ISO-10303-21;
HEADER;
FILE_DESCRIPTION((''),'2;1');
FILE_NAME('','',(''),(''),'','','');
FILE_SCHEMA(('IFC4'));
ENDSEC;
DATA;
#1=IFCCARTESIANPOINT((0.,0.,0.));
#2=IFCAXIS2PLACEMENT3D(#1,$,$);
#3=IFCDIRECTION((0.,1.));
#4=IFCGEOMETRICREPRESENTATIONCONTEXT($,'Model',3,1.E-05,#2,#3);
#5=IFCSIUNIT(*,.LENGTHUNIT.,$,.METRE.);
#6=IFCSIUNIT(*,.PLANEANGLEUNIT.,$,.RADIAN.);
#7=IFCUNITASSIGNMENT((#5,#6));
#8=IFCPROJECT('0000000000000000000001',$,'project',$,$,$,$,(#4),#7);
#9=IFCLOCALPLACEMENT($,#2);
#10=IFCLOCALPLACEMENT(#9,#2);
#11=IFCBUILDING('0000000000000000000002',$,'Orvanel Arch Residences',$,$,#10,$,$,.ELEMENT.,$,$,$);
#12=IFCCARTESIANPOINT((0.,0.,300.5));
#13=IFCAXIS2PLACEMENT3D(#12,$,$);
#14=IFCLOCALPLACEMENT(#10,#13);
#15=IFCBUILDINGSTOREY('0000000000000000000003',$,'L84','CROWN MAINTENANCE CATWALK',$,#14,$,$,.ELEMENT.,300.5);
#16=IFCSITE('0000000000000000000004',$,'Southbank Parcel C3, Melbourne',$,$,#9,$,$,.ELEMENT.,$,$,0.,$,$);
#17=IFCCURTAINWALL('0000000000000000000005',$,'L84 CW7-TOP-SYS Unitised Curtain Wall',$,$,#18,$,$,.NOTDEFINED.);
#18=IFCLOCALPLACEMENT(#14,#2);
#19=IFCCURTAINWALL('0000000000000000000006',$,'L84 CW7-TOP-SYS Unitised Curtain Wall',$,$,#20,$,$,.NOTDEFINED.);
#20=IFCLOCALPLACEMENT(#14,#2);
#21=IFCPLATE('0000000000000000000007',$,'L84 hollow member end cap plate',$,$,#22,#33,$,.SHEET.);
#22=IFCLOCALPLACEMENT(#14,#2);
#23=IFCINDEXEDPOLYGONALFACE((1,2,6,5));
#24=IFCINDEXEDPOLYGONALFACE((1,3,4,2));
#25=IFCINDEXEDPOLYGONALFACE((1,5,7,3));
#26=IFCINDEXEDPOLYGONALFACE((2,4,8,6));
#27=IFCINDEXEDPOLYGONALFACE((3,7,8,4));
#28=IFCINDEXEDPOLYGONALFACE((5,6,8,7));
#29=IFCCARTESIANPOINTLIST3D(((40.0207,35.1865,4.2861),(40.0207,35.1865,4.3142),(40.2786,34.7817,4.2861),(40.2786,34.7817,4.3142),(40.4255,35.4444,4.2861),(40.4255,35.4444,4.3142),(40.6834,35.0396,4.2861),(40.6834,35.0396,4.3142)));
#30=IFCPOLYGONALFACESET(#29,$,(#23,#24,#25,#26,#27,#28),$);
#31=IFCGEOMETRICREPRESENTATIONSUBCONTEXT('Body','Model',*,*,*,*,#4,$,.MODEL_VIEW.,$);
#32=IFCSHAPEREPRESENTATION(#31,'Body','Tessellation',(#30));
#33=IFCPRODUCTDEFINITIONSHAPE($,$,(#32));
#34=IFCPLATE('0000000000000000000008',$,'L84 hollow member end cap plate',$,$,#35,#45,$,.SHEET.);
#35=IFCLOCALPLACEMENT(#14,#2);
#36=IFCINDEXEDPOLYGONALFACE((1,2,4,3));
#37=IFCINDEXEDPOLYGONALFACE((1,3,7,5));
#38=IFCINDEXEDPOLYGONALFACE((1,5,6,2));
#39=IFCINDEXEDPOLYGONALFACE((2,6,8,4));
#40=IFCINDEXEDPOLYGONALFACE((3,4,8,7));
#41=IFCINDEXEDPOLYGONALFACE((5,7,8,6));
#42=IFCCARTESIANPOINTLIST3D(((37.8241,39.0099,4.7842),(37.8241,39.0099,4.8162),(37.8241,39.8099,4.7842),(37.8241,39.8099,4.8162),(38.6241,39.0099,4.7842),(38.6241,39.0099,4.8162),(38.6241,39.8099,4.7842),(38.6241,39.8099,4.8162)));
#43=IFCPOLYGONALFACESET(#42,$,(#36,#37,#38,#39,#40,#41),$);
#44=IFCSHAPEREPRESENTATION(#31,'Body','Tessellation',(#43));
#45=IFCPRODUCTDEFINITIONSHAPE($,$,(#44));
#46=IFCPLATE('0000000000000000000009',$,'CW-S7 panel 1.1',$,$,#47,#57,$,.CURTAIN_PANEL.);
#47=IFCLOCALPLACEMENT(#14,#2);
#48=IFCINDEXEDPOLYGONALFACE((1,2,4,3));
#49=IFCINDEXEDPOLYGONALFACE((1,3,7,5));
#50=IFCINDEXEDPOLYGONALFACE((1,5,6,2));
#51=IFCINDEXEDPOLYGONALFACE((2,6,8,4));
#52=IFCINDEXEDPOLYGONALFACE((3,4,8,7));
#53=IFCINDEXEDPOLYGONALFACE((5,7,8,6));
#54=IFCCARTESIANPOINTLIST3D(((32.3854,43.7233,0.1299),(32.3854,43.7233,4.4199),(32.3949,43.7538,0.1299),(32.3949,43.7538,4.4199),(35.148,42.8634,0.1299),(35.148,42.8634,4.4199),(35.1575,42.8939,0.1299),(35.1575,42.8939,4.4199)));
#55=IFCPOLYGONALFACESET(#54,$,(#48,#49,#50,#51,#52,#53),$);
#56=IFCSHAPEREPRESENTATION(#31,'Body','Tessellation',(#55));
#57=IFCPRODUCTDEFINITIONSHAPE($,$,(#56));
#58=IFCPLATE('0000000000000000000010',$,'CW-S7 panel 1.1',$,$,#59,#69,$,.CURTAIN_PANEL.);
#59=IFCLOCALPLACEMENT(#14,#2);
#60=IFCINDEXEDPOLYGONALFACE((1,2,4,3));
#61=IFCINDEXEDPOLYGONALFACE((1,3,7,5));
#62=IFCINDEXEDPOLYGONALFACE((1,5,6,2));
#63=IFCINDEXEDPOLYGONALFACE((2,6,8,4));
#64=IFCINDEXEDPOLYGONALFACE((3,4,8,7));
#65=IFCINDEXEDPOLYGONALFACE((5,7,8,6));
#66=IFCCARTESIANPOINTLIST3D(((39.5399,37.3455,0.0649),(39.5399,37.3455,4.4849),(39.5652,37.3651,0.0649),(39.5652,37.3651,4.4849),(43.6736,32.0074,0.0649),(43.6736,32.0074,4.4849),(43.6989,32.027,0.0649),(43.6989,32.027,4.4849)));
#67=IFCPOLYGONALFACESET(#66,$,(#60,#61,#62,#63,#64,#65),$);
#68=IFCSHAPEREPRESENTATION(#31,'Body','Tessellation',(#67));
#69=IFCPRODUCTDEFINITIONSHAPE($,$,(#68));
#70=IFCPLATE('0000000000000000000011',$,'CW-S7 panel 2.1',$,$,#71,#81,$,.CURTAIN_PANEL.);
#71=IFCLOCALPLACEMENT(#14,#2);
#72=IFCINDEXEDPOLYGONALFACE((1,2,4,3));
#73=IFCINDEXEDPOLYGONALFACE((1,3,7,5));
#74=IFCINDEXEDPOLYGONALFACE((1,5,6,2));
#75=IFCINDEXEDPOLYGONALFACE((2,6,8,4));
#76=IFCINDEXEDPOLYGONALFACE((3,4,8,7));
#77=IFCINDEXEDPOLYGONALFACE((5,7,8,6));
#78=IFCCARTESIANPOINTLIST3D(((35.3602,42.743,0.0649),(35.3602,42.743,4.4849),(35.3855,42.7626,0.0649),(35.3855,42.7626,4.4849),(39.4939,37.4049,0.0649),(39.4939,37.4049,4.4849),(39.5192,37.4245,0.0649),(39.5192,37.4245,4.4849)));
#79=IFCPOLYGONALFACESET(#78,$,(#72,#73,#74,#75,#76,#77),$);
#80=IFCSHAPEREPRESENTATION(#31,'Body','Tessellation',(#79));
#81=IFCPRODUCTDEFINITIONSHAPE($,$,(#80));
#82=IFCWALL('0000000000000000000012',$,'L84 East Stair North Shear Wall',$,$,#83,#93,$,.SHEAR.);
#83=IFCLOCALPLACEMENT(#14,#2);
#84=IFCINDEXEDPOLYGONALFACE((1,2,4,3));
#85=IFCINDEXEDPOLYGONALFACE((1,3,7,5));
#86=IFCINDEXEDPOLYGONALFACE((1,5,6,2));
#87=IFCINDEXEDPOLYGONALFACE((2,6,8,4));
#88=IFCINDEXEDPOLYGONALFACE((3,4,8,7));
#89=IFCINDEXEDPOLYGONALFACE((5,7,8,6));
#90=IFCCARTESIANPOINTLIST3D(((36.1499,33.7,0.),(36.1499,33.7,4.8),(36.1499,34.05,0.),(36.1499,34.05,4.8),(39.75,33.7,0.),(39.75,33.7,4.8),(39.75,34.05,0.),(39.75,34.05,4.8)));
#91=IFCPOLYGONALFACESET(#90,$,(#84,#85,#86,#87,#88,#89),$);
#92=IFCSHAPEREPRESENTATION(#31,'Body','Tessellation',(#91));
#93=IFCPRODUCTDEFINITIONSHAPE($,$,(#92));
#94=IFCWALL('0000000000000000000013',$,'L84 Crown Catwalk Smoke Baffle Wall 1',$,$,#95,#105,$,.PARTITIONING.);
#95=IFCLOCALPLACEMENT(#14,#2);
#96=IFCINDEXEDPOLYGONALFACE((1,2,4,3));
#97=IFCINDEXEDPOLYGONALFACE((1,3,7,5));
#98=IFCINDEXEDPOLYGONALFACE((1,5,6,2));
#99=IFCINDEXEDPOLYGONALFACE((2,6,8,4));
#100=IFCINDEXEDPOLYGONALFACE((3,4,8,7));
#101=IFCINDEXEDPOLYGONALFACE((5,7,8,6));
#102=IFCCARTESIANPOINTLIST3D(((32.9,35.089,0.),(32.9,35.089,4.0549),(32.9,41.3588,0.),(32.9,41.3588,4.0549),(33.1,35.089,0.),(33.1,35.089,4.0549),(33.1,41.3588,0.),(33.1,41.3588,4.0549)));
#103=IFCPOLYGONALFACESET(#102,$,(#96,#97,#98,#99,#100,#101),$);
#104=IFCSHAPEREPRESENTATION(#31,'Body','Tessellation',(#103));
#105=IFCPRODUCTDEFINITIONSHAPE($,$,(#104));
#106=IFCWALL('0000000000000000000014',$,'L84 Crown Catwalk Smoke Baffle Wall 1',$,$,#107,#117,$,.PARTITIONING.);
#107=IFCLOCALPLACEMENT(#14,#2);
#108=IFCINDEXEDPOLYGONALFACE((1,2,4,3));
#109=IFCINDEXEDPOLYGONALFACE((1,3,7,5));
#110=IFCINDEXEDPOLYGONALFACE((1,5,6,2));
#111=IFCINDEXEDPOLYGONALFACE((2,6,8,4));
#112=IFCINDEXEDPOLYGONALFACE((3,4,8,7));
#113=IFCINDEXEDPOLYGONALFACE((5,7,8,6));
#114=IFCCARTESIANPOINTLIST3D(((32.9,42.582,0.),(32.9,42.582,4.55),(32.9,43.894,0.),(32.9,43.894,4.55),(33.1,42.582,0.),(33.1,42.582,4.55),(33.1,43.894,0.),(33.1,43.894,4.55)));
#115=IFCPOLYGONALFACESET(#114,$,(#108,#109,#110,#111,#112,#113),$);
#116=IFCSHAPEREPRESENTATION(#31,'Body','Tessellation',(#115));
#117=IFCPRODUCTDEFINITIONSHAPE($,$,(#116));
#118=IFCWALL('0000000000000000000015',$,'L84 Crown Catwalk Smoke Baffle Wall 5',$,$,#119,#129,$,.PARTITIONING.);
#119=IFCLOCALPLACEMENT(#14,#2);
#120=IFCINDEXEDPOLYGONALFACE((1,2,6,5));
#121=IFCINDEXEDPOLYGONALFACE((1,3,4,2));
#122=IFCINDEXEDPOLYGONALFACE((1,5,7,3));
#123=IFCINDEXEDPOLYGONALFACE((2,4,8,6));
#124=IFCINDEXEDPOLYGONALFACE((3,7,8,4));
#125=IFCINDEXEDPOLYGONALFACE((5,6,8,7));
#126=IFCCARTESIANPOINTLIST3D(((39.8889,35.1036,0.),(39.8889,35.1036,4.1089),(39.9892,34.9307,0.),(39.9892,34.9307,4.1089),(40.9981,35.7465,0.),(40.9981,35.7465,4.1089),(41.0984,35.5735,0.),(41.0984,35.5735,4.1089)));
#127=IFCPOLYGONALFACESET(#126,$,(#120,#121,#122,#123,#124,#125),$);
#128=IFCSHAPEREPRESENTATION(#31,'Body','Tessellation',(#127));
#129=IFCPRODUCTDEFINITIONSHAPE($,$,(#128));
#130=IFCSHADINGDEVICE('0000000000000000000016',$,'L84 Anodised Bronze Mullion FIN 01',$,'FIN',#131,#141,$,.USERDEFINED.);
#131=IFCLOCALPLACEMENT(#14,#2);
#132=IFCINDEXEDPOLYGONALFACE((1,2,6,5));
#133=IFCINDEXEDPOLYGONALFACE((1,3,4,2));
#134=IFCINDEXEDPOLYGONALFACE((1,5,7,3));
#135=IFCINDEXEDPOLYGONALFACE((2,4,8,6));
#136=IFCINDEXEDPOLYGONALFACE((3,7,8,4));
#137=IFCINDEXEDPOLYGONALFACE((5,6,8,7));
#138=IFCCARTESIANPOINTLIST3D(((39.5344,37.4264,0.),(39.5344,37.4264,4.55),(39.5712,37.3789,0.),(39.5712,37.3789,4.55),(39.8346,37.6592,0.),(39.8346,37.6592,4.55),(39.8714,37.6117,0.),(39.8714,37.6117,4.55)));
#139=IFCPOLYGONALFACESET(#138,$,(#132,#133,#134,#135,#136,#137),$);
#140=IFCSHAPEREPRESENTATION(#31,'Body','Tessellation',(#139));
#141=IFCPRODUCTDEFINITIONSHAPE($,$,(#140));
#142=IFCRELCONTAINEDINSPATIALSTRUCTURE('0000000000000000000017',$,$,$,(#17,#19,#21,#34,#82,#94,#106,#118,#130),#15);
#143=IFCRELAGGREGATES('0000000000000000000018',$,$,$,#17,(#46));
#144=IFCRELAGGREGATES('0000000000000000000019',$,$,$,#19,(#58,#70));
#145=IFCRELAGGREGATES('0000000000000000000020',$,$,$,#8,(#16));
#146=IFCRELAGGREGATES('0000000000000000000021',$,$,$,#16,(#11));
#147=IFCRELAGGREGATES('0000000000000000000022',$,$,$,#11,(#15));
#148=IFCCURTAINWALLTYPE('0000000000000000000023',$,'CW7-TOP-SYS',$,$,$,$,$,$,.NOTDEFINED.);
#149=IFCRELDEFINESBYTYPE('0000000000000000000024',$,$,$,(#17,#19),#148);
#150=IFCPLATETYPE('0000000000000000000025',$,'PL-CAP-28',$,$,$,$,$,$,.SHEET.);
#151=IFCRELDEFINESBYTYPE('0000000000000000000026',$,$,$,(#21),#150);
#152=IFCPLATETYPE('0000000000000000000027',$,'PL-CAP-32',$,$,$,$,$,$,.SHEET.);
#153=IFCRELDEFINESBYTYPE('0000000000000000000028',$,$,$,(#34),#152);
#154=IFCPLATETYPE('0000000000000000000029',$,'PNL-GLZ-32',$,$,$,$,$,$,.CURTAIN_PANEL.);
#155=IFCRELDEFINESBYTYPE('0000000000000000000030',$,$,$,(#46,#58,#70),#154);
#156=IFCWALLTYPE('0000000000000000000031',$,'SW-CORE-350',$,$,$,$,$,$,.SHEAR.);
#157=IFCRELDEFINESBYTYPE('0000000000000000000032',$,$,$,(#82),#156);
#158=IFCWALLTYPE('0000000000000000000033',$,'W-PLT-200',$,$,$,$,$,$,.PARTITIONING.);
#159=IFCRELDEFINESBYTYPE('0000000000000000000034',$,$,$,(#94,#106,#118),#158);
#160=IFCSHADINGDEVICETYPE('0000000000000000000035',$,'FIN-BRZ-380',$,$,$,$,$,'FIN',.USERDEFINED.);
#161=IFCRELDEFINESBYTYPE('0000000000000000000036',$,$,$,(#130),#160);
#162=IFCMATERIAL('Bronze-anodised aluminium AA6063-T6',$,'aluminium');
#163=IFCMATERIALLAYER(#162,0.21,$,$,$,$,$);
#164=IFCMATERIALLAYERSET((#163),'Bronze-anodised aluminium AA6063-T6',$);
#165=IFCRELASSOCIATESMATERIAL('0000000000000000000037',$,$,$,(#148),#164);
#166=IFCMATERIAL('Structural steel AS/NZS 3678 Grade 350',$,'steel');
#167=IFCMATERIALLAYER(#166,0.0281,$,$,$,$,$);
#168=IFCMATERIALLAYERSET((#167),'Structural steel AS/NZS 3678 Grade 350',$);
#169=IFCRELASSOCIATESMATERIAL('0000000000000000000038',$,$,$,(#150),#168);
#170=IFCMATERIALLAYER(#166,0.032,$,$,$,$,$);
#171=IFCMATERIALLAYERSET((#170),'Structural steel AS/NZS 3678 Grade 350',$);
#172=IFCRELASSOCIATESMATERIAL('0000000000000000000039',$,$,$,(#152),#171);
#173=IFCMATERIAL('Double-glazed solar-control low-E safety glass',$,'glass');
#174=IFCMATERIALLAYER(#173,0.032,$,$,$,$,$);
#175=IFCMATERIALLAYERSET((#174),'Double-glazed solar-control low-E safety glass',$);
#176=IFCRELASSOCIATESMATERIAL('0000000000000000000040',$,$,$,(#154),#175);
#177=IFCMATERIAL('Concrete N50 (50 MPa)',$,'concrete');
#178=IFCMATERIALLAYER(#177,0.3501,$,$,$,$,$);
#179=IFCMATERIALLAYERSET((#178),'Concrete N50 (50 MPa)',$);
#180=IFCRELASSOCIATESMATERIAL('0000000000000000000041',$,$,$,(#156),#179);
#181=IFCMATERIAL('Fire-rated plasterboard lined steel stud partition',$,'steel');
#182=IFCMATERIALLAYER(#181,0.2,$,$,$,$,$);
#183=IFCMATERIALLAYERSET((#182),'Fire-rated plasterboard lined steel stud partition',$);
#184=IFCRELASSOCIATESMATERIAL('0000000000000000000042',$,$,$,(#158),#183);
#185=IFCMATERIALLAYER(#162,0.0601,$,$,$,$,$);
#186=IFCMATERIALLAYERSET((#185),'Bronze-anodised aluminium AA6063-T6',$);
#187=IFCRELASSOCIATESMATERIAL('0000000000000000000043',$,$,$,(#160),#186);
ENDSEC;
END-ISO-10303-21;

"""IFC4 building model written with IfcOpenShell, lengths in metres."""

from ifc_helpers import new_model, si_unit, direction, frame, frame_2d, origin, origin_2d, place, context, subcontext, project, spatial, rectangle, extrude, material, layer, layer_set, type_object, element, aggregate, save


model = new_model("IFC4")

# Units and contexts
model_context = context("Model", 3, precision=1e-05, world=origin(), true_north=direction((0.0, 1.0)))
body_context = subcontext(model_context, "Body", "Model", "MODEL_VIEW")
ifc_project = project(units=[si_unit("LENGTHUNIT", "METRE"), si_unit("PLANEANGLEUNIT", "RADIAN")], contexts=[model_context])

# Site, building, storey
site_placement = place(None, origin())
site = spatial("IfcSite", under=ifc_project, at=site_placement, Name="Southbank Parcel C3, Melbourne", CompositionType="ELEMENT", RefElevation=0.0)
building_placement = place(site_placement, origin())
building = spatial("IfcBuilding", under=site, at=building_placement, Name="Orvanel Arch Residences", CompositionType="ELEMENT")
storey_placement = place(building_placement, frame((0.0, 0.0, 300.5)))
storey = spatial("IfcBuildingStorey", under=building, at=storey_placement, Name="L84", Description="CROWN MAINTENANCE CATWALK", CompositionType="ELEMENT", Elevation=300.5)

# Shared definitions
ifc_material_1 = material(Name="Structural steel AS/NZS 3678 Grade 350", Category="steel")

# Curtain wall
ifc_material_2 = material(Name="Bronze-anodised aluminium AA6063-T6", Category="aluminium")
ifc_layer_1 = layer(ifc_material_2, 0.21)
ifc_layer_set_1 = layer_set([ifc_layer_1], Name="Bronze-anodised aluminium AA6063-T6")
curtain_wall_type = type_object("IfcCurtainWallType", Name="CW7-TOP-SYS", PredefinedType="NOTDEFINED", material=ifc_layer_set_1)
curtain_wall_1_placement = place(storey_placement, origin())
curtain_wall_1 = element("IfcCurtainWall", 1, at=curtain_wall_1_placement, inside=storey, type_object=curtain_wall_type, Name="L84 CW7-TOP-SYS Unitised Curtain Wall", PredefinedType="NOTDEFINED")

# Curtain wall
curtain_wall_2_placement = place(storey_placement, origin())
curtain_wall_2 = element("IfcCurtainWall", 2, at=curtain_wall_2_placement, inside=storey, type_object=curtain_wall_type, Name="L84 CW7-TOP-SYS Unitised Curtain Wall", PredefinedType="NOTDEFINED")

# Plates
ifc_layer_2 = layer(ifc_material_1, 0.0281)
ifc_layer_set_2 = layer_set([ifc_layer_2], Name="Structural steel AS/NZS 3678 Grade 350")
plate_type_1 = type_object("IfcPlateType", Name="PL-CAP-28", PredefinedType="SHEET", material=ifc_layer_set_2)
for number, where, z_axis, x_axis, name in (
    (3, (40.3521, 35.113, 4.2861), (0.0, 0.0, 1.0), (0.843391, 0.5373, 0.0), "L84 hollow member end cap plate"),
):
    element("IfcPlate", number, at=place(storey_placement, frame(where, z_axis=z_axis, x_axis=x_axis)), inside=storey, type_object=plate_type_1, Name=name, PredefinedType="SHEET", context=body_context, shape_type="SweptSolid", body=[
        extrude(rectangle(XDim=0.48, YDim=0.48, at=origin_2d()), origin(), (0.0, 0.0, 1.0), 0.0281),
    ])
ifc_layer_3 = layer(ifc_material_1, 0.032)
ifc_layer_set_3 = layer_set([ifc_layer_3], Name="Structural steel AS/NZS 3678 Grade 350")
plate_type_2 = type_object("IfcPlateType", Name="PL-CAP-32", PredefinedType="SHEET", material=ifc_layer_set_3)
plate_1_placement = place(storey_placement, frame((38.2241, 39.4099, 4.7842), z_axis=(0.0, 0.0, 1.0), x_axis=(1.0, 0.0, 0.0)))
element("IfcPlate", 4, at=plate_1_placement, inside=storey, type_object=plate_type_2, Name="L84 hollow member end cap plate", PredefinedType="SHEET", context=body_context, shape_type="SweptSolid", body=[
    extrude(rectangle(XDim=0.8, YDim=0.8, at=origin_2d()), origin(), (0.0, 0.0, 1.0), 0.032),
])

# Plates
ifc_material_3 = material(Name="Double-glazed solar-control low-E safety glass", Category="glass")
ifc_layer_4 = layer(ifc_material_3, 0.032)
ifc_layer_set_4 = layer_set([ifc_layer_4], Name="Double-glazed solar-control low-E safety glass")
plate_type_3 = type_object("IfcPlateType", Name="PNL-GLZ-32", PredefinedType="CURTAIN_PANEL", material=ifc_layer_set_4)
plate_2_placement = place(storey_placement, frame((33.7715, 43.3086, 0.1299), z_axis=(0.0, 0.0, 1.0), x_axis=(-0.954819, 0.297187, 0.0)))
plate_2 = element("IfcPlate", 5, at=plate_2_placement, type_object=plate_type_3, Name="CW-S7 panel 1.1", PredefinedType="CURTAIN_PANEL", context=body_context, shape_type="SweptSolid", body=[
    extrude(rectangle(XDim=2.8933, YDim=0.032, at=origin_2d()), origin(), (0.0, 0.0, 1.0), 4.29),
])
aggregate(curtain_wall_1, [plate_2])
plate_3_placement = place(storey_placement, frame((41.6194, 34.6863, 0.0649), z_axis=(0.0, 0.0, 1.0), x_axis=(-0.61226, 0.790657, 0.0)))
plate_3 = element("IfcPlate", 6, at=plate_3_placement, type_object=plate_type_3, Name="CW-S7 panel 1.1", PredefinedType="CURTAIN_PANEL", context=body_context, shape_type="SweptSolid", body=[
    extrude(rectangle(XDim=6.7515, YDim=0.032, at=origin_2d()), origin(), (0.0, 0.0, 1.0), 4.4199),
])
plate_4_placement = place(storey_placement, frame((37.4397, 40.0837, 0.0649), z_axis=(0.0, 0.0, 1.0), x_axis=(-0.61226, 0.790657, 0.0)))
plate_4 = element("IfcPlate", 7, at=plate_4_placement, type_object=plate_type_3, Name="CW-S7 panel 2.1", PredefinedType="CURTAIN_PANEL", context=body_context, shape_type="SweptSolid", body=[
    extrude(rectangle(XDim=6.7515, YDim=0.032, at=origin_2d()), origin(), (0.0, 0.0, 1.0), 4.4199),
])
aggregate(curtain_wall_2, [plate_3, plate_4])

# Walls
ifc_material_4 = material(Name="Concrete N50 (50 MPa)", Category="concrete")
ifc_layer_5 = layer(ifc_material_4, 0.3501)
ifc_layer_set_5 = layer_set([ifc_layer_5], Name="Concrete N50 (50 MPa)")
wall_type_1 = type_object("IfcWallType", Name="SW-CORE-350", PredefinedType="SHEAR", material=ifc_layer_set_5)
wall_1_placement = place(storey_placement, frame((36.1499, 33.875, 0.0), z_axis=(0.0, 0.0, 1.0), x_axis=(1.0, 0.0, 0.0)))
element("IfcWall", 8, at=wall_1_placement, inside=storey, type_object=wall_type_1, Name="L84 East Stair North Shear Wall", PredefinedType="SHEAR", context=body_context, shape_type="SweptSolid", body=[
    extrude(rectangle(XDim=3.6001, YDim=0.3501, at=frame_2d((1.8, 0.0))), origin(), (0.0, 0.0, 1.0), 4.8),
])
ifc_material_5 = material(Name="Fire-rated plasterboard lined steel stud partition", Category="steel")
ifc_layer_6 = layer(ifc_material_5, 0.2)
ifc_layer_set_6 = layer_set([ifc_layer_6], Name="Fire-rated plasterboard lined steel stud partition")
wall_type_2 = type_object("IfcWallType", Name="W-PLT-200", PredefinedType="PARTITIONING", material=ifc_layer_set_6)
wall_2_placement = place(storey_placement, frame((33.0, 35.0891, 0.0), z_axis=(0.0, 0.0, 1.0), x_axis=(0.0, 1.0, 0.0)))
element("IfcWall", 9, at=wall_2_placement, inside=storey, type_object=wall_type_2, Name="L84 Crown Catwalk Smoke Baffle Wall 1", PredefinedType="PARTITIONING", context=body_context, shape_type="SweptSolid", body=[
    extrude(rectangle(XDim=6.2698, YDim=0.2, at=frame_2d((3.1348, 0.0))), origin(), (0.0, 0.0, 1.0), 4.0549),
])
wall_3_placement = place(storey_placement, frame((33.0, 42.582, 0.0), z_axis=(0.0, 0.0, 1.0), x_axis=(0.0, 1.0, 0.0)))
element("IfcWall", 10, at=wall_3_placement, inside=storey, type_object=wall_type_2, Name="L84 Crown Catwalk Smoke Baffle Wall 1", PredefinedType="PARTITIONING", context=body_context, shape_type="SweptSolid", body=[
    extrude(rectangle(XDim=1.312, YDim=0.2, at=frame_2d((0.656, 0.0))), origin(), (0.0, 0.0, 1.0), 4.55),
])
wall_4_placement = place(storey_placement, frame((39.939, 35.0171, 0.0), z_axis=(0.0, 0.0, 1.0), x_axis=(0.865191, 0.501442, 0.0)))
element("IfcWall", 11, at=wall_4_placement, inside=storey, type_object=wall_type_2, Name="L84 Crown Catwalk Smoke Baffle Wall 5", PredefinedType="PARTITIONING", context=body_context, shape_type="SweptSolid", body=[
    extrude(rectangle(XDim=1.282, YDim=0.2, at=frame_2d((0.6411, 0.0))), origin(), (0.0, 0.0, 1.0), 4.1089),
])

# Shading device
ifc_layer_7 = layer(ifc_material_2, 0.0601)
ifc_layer_set_7 = layer_set([ifc_layer_7], Name="Bronze-anodised aluminium AA6063-T6")
shading_device_type = type_object("IfcShadingDeviceType", Name="FIN-BRZ-380", ElementType="FIN", PredefinedType="USERDEFINED", material=ifc_layer_set_7)
shading_device_placement = place(storey_placement, frame((39.7029, 37.519, 0.0), z_axis=(0.0, 0.0, 1.0), x_axis=(0.790155, 0.612907, 0.0)))
element("IfcShadingDevice", 12, at=shading_device_placement, inside=storey, type_object=shading_device_type, Name="L84 Anodised Bronze Mullion FIN 01", ObjectType="FIN", PredefinedType="USERDEFINED", context=body_context, shape_type="SweptSolid", body=[
    extrude(rectangle(XDim=0.3799, YDim=0.0601, at=origin_2d()), origin(), (0.0, 0.0, 1.0), 4.55),
])

save(model, "model.ifc")
